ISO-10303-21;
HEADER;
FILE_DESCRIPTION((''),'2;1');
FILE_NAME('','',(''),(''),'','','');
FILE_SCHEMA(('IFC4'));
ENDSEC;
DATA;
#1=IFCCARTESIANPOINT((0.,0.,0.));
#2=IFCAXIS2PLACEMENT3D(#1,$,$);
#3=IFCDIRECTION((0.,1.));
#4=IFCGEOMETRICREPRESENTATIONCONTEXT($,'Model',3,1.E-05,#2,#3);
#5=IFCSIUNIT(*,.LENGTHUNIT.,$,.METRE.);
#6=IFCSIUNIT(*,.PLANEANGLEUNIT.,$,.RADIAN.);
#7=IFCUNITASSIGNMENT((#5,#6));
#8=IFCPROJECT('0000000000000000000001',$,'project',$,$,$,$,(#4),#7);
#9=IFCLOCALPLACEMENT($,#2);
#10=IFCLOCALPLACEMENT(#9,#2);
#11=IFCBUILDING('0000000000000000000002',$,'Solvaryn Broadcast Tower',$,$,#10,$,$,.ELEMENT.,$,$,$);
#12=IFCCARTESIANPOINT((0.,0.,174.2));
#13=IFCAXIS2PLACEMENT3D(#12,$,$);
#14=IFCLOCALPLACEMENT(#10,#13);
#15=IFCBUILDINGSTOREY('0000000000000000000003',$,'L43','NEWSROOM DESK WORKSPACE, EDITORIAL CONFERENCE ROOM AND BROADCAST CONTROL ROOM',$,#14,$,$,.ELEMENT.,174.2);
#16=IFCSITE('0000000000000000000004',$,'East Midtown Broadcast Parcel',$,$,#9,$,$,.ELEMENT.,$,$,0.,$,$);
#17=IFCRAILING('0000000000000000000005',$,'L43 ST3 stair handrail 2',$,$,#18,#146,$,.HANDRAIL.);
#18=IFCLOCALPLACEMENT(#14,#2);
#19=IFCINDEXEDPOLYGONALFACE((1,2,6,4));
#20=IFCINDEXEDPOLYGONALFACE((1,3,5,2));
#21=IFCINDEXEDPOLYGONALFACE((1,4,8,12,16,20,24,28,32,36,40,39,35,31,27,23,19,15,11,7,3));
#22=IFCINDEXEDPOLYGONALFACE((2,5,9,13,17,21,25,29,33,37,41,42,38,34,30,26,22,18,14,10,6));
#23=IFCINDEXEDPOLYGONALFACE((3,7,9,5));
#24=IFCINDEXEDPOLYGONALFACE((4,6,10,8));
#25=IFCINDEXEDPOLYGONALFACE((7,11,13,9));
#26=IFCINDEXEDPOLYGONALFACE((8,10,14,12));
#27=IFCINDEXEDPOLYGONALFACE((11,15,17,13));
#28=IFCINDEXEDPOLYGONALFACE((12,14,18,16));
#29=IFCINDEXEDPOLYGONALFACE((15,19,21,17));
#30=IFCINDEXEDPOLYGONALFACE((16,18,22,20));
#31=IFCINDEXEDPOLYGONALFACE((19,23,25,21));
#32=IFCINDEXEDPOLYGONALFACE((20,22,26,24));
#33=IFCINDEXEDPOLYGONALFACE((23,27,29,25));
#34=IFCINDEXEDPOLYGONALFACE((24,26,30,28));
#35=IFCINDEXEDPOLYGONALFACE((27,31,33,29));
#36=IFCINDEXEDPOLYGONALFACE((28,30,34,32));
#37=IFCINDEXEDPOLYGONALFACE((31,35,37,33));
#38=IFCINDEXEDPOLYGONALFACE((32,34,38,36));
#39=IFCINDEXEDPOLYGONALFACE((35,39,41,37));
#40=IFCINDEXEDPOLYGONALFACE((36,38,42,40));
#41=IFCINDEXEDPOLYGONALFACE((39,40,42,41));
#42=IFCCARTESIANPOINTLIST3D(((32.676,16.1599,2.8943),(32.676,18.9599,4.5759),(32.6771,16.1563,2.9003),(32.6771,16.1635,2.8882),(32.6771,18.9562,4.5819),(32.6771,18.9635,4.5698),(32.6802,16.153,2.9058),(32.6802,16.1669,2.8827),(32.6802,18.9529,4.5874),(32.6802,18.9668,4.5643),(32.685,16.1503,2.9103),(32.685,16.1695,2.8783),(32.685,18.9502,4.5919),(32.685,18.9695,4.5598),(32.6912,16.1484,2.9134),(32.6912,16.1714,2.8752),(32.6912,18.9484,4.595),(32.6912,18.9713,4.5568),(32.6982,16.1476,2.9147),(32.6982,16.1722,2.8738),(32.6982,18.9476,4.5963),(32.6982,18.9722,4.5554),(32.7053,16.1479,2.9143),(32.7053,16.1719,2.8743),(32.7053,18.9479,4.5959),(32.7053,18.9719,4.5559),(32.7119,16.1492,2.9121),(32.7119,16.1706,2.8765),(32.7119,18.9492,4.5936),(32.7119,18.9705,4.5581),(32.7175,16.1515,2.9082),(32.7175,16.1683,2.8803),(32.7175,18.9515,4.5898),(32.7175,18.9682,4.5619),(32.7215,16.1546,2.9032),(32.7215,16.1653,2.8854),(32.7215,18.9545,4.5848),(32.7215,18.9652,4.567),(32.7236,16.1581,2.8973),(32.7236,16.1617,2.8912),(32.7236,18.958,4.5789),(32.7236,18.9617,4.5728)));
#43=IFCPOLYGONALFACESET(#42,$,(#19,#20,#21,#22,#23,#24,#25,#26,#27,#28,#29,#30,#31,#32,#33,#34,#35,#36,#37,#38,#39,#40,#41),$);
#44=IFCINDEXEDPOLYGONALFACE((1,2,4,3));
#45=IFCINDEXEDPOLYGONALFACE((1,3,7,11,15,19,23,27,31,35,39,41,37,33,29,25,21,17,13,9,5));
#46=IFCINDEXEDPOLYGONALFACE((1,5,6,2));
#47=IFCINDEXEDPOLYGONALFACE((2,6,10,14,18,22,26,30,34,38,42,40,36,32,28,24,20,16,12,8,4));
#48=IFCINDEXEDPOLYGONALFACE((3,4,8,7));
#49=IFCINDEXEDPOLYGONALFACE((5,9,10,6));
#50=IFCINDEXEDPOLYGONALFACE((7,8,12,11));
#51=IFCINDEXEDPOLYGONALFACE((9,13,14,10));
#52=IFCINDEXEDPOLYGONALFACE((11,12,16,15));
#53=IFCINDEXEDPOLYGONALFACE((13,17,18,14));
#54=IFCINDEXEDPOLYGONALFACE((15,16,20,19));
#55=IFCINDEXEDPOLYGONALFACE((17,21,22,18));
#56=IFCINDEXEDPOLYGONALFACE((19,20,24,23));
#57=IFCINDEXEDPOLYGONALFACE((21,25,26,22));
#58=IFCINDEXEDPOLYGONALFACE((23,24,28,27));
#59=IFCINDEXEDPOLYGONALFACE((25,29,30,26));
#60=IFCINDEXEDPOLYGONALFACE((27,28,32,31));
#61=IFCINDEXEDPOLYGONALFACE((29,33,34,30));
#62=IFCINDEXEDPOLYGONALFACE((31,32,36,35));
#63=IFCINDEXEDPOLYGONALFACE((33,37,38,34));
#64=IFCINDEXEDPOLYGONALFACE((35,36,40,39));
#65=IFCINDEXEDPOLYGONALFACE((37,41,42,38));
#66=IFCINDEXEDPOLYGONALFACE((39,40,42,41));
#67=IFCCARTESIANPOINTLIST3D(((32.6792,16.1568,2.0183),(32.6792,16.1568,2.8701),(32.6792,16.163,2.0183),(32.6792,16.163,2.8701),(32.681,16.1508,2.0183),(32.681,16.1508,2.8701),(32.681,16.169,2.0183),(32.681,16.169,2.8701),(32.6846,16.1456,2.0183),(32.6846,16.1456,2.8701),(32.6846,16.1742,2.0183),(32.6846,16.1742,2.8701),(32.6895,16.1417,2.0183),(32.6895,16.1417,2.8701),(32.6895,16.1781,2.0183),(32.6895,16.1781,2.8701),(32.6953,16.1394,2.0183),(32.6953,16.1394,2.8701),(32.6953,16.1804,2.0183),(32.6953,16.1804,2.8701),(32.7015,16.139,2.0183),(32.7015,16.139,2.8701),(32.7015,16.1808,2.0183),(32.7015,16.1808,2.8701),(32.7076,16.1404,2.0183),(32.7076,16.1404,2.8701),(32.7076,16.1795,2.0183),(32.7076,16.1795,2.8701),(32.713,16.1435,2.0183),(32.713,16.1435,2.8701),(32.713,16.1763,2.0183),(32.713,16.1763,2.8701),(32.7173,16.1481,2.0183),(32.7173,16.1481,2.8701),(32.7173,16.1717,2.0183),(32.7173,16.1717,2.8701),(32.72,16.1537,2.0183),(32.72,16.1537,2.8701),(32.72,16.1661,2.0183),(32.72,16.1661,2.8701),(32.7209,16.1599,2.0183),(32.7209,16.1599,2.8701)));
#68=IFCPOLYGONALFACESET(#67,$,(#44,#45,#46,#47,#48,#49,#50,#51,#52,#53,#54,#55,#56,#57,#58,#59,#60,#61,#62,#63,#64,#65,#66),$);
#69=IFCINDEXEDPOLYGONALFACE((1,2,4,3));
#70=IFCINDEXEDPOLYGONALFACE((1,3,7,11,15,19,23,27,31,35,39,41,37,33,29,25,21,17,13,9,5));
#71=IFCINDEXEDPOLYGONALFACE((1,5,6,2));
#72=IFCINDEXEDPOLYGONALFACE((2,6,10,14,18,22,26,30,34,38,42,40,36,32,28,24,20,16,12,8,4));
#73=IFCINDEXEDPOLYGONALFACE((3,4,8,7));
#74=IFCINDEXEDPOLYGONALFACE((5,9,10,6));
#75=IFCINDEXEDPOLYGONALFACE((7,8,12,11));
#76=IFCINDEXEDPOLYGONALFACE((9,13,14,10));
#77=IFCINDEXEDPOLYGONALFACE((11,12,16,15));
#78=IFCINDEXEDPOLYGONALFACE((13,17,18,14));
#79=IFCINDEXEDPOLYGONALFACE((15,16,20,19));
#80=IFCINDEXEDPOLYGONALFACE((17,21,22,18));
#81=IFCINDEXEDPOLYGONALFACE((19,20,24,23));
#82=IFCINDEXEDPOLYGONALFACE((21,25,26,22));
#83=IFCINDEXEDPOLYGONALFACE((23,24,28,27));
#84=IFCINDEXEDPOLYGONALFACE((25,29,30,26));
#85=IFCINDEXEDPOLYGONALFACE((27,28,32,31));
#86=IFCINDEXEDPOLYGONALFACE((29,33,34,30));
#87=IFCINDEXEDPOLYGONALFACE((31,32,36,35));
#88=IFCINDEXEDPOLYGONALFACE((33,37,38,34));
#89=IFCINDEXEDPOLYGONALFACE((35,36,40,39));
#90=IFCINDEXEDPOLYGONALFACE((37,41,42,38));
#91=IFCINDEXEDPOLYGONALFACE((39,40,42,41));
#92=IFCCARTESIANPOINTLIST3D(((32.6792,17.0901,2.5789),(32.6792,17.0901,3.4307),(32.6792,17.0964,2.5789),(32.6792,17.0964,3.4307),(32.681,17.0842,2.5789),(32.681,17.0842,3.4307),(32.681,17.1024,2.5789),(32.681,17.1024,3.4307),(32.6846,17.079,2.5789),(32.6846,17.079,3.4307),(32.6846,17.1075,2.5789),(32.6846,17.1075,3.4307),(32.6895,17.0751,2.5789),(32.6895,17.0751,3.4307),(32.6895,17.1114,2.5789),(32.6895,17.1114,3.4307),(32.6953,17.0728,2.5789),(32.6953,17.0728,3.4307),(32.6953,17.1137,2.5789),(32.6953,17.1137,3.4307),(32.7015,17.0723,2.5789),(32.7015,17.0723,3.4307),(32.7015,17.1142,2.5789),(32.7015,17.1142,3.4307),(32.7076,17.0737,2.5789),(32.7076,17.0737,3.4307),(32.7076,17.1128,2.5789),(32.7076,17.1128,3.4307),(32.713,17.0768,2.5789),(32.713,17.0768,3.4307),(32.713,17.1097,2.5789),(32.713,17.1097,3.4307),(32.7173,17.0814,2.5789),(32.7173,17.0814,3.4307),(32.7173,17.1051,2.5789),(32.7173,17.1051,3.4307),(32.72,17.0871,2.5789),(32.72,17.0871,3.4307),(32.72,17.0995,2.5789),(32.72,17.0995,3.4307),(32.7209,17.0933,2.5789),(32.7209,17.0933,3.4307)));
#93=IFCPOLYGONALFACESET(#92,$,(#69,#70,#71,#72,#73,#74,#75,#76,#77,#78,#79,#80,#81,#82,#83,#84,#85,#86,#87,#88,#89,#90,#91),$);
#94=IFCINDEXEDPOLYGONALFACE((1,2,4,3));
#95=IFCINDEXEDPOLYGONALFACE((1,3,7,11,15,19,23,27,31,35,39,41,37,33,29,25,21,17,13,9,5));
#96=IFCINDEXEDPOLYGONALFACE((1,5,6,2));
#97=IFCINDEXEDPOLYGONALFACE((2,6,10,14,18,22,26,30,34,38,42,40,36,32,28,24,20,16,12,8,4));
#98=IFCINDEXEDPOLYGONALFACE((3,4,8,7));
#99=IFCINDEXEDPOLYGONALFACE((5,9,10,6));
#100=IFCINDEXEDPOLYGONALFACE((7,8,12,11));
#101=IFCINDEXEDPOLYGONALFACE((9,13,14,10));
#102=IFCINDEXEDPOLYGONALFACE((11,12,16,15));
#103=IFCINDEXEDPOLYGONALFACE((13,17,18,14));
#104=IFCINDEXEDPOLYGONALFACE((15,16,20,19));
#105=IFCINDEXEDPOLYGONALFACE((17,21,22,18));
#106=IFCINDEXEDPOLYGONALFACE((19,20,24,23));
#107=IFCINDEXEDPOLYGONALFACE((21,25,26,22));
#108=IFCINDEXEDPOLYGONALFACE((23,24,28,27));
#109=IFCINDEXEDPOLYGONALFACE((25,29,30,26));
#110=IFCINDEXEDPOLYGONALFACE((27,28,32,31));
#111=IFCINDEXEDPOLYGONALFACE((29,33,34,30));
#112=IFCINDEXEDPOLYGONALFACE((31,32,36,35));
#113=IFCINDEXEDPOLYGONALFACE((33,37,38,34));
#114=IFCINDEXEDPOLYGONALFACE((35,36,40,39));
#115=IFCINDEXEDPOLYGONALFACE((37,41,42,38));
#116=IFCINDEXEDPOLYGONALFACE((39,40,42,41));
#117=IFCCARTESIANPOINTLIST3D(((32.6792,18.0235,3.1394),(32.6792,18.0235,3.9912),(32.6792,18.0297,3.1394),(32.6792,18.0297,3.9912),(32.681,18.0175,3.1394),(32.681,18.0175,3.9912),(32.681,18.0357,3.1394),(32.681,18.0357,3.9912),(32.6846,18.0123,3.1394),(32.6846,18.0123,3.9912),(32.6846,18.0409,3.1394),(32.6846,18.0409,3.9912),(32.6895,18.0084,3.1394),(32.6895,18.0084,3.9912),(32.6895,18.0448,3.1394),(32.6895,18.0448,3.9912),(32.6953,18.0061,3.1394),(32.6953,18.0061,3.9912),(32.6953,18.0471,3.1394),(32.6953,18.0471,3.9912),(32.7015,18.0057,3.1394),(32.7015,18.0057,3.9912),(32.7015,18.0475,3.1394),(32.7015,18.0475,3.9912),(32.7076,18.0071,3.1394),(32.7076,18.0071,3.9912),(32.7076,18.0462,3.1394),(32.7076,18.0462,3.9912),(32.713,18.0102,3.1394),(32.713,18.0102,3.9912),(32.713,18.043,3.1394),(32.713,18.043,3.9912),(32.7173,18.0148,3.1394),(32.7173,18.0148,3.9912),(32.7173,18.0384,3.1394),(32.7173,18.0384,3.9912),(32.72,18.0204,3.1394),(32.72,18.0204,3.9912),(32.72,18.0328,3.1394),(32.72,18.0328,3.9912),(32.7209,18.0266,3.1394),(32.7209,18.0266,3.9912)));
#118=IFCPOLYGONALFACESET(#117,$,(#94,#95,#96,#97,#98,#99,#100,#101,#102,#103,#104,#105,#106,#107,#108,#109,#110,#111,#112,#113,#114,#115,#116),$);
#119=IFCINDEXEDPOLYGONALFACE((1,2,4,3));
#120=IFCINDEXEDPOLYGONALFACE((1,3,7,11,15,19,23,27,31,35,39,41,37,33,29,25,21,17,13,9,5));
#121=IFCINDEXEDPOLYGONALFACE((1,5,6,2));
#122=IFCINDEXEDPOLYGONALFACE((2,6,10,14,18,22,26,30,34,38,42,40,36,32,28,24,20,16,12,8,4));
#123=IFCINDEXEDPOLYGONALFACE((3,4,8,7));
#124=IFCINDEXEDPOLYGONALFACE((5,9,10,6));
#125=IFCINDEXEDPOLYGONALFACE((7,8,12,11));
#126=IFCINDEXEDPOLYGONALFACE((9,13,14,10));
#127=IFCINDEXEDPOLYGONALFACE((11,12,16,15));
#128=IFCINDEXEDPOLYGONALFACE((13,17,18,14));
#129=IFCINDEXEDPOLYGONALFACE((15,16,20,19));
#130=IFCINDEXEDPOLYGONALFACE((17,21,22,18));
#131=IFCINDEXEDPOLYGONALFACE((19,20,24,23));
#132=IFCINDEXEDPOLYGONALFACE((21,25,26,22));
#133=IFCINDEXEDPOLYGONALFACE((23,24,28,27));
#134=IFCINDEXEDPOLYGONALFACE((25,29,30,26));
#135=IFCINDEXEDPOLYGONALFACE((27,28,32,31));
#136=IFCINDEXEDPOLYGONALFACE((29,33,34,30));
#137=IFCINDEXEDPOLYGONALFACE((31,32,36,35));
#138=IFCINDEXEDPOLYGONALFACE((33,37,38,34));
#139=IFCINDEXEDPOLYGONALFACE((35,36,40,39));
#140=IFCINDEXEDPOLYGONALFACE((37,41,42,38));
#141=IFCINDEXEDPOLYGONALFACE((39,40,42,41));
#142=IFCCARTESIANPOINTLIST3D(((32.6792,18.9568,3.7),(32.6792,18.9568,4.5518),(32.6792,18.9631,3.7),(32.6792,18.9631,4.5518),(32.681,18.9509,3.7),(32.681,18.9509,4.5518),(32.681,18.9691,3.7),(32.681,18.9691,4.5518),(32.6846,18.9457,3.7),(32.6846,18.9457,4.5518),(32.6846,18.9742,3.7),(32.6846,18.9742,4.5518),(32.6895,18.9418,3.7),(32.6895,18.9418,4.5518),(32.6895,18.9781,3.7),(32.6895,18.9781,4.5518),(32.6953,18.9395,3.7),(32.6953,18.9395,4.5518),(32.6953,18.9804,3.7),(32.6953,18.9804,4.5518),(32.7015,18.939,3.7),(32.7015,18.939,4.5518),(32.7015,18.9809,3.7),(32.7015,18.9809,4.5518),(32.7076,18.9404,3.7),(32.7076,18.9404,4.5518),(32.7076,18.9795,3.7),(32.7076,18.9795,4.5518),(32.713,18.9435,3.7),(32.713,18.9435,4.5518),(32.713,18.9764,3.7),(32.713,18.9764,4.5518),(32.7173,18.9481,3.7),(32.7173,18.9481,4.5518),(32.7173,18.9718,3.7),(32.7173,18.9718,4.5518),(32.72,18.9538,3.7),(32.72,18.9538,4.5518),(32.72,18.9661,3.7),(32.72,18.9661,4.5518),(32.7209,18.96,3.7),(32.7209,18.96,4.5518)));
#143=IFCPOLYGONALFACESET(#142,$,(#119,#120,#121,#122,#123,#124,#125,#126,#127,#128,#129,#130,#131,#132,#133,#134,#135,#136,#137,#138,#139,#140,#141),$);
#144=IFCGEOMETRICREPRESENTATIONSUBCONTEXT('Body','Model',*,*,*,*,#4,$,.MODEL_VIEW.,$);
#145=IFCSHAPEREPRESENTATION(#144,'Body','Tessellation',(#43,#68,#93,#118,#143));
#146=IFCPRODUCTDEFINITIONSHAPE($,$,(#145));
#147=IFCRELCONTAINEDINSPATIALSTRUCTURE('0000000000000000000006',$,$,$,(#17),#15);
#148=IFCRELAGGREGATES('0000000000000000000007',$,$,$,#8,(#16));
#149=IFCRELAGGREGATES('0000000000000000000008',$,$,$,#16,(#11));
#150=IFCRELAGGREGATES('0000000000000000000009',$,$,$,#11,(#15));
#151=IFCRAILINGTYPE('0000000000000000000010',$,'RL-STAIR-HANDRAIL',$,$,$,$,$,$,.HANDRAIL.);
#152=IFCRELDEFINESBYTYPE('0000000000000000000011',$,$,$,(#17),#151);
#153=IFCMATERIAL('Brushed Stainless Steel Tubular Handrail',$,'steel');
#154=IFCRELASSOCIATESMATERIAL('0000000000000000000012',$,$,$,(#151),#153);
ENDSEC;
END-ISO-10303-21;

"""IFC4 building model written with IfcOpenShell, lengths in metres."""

from ifc_helpers import new_model, si_unit, direction, frame, origin, origin_2d, place, context, subcontext, project, spatial, circle, extrude, material, type_object, element, save


model = new_model("IFC4")

# Units and contexts
model_context = context("Model", 3, precision=1e-05, world=origin(), true_north=direction((0.0, 1.0)))
body_context = subcontext(model_context, "Body", "Model", "MODEL_VIEW")
ifc_project = project(units=[si_unit("LENGTHUNIT", "METRE"), si_unit("PLANEANGLEUNIT", "RADIAN")], contexts=[model_context])

# Site, building, storey
site_placement = place(None, origin())
site = spatial("IfcSite", under=ifc_project, at=site_placement, Name="East Midtown Broadcast Parcel", CompositionType="ELEMENT", RefElevation=0.0)
building_placement = place(site_placement, origin())
building = spatial("IfcBuilding", under=site, at=building_placement, Name="Solvaryn Broadcast Tower", CompositionType="ELEMENT")
storey_placement = place(building_placement, frame((0.0, 0.0, 174.2)))
storey = spatial("IfcBuildingStorey", under=building, at=storey_placement, Name="L43", Description="NEWSROOM DESK WORKSPACE, EDITORIAL CONFERENCE ROOM AND BROADCAST CONTROL ROOM", CompositionType="ELEMENT", Elevation=174.2)

# Railing
ifc_material_1 = material(Name="Brushed Stainless Steel Tubular Handrail", Category="steel")
railing_type_1 = type_object("IfcRailingType", Name="RL-STAIR-HANDRAIL", PredefinedType="HANDRAIL", material=ifc_material_1)
railing_1_placement = place(storey_placement, frame((32.7, 16.1599, 2.0183)))
element("IfcRailing", 1, at=railing_1_placement, inside=storey, type_object=railing_type_1, Name="L43 ST3 stair handrail 2", PredefinedType="HANDRAIL", context=body_context, shape_type="SweptSolid", body=[
    extrude(circle(Radius=0.0239, at=origin_2d()), frame((0.0, 0.0, 0.876), z_axis=(0.0, 0.857275, 0.514858), x_axis=(-1.0, 0.0, 0.0)), (0.0, 0.0, 1.0), 3.2661),
    extrude(circle(Radius=0.021, at=origin_2d()), origin(), (0.0, 0.0, 1.0), 0.8518),
    extrude(circle(Radius=0.021, at=origin_2d()), frame((0.0, 0.9333, 0.5605)), (0.0, 0.0, 1.0), 0.8518),
    extrude(circle(Radius=0.021, at=origin_2d()), frame((0.0, 1.8667, 1.1211)), (0.0, 0.0, 1.0), 0.8518),
    extrude(circle(Radius=0.021, at=origin_2d()), frame((0.0, 2.8, 1.6816)), (0.0, 0.0, 1.0), 0.8518),
])

save(model, "model.ifc")
